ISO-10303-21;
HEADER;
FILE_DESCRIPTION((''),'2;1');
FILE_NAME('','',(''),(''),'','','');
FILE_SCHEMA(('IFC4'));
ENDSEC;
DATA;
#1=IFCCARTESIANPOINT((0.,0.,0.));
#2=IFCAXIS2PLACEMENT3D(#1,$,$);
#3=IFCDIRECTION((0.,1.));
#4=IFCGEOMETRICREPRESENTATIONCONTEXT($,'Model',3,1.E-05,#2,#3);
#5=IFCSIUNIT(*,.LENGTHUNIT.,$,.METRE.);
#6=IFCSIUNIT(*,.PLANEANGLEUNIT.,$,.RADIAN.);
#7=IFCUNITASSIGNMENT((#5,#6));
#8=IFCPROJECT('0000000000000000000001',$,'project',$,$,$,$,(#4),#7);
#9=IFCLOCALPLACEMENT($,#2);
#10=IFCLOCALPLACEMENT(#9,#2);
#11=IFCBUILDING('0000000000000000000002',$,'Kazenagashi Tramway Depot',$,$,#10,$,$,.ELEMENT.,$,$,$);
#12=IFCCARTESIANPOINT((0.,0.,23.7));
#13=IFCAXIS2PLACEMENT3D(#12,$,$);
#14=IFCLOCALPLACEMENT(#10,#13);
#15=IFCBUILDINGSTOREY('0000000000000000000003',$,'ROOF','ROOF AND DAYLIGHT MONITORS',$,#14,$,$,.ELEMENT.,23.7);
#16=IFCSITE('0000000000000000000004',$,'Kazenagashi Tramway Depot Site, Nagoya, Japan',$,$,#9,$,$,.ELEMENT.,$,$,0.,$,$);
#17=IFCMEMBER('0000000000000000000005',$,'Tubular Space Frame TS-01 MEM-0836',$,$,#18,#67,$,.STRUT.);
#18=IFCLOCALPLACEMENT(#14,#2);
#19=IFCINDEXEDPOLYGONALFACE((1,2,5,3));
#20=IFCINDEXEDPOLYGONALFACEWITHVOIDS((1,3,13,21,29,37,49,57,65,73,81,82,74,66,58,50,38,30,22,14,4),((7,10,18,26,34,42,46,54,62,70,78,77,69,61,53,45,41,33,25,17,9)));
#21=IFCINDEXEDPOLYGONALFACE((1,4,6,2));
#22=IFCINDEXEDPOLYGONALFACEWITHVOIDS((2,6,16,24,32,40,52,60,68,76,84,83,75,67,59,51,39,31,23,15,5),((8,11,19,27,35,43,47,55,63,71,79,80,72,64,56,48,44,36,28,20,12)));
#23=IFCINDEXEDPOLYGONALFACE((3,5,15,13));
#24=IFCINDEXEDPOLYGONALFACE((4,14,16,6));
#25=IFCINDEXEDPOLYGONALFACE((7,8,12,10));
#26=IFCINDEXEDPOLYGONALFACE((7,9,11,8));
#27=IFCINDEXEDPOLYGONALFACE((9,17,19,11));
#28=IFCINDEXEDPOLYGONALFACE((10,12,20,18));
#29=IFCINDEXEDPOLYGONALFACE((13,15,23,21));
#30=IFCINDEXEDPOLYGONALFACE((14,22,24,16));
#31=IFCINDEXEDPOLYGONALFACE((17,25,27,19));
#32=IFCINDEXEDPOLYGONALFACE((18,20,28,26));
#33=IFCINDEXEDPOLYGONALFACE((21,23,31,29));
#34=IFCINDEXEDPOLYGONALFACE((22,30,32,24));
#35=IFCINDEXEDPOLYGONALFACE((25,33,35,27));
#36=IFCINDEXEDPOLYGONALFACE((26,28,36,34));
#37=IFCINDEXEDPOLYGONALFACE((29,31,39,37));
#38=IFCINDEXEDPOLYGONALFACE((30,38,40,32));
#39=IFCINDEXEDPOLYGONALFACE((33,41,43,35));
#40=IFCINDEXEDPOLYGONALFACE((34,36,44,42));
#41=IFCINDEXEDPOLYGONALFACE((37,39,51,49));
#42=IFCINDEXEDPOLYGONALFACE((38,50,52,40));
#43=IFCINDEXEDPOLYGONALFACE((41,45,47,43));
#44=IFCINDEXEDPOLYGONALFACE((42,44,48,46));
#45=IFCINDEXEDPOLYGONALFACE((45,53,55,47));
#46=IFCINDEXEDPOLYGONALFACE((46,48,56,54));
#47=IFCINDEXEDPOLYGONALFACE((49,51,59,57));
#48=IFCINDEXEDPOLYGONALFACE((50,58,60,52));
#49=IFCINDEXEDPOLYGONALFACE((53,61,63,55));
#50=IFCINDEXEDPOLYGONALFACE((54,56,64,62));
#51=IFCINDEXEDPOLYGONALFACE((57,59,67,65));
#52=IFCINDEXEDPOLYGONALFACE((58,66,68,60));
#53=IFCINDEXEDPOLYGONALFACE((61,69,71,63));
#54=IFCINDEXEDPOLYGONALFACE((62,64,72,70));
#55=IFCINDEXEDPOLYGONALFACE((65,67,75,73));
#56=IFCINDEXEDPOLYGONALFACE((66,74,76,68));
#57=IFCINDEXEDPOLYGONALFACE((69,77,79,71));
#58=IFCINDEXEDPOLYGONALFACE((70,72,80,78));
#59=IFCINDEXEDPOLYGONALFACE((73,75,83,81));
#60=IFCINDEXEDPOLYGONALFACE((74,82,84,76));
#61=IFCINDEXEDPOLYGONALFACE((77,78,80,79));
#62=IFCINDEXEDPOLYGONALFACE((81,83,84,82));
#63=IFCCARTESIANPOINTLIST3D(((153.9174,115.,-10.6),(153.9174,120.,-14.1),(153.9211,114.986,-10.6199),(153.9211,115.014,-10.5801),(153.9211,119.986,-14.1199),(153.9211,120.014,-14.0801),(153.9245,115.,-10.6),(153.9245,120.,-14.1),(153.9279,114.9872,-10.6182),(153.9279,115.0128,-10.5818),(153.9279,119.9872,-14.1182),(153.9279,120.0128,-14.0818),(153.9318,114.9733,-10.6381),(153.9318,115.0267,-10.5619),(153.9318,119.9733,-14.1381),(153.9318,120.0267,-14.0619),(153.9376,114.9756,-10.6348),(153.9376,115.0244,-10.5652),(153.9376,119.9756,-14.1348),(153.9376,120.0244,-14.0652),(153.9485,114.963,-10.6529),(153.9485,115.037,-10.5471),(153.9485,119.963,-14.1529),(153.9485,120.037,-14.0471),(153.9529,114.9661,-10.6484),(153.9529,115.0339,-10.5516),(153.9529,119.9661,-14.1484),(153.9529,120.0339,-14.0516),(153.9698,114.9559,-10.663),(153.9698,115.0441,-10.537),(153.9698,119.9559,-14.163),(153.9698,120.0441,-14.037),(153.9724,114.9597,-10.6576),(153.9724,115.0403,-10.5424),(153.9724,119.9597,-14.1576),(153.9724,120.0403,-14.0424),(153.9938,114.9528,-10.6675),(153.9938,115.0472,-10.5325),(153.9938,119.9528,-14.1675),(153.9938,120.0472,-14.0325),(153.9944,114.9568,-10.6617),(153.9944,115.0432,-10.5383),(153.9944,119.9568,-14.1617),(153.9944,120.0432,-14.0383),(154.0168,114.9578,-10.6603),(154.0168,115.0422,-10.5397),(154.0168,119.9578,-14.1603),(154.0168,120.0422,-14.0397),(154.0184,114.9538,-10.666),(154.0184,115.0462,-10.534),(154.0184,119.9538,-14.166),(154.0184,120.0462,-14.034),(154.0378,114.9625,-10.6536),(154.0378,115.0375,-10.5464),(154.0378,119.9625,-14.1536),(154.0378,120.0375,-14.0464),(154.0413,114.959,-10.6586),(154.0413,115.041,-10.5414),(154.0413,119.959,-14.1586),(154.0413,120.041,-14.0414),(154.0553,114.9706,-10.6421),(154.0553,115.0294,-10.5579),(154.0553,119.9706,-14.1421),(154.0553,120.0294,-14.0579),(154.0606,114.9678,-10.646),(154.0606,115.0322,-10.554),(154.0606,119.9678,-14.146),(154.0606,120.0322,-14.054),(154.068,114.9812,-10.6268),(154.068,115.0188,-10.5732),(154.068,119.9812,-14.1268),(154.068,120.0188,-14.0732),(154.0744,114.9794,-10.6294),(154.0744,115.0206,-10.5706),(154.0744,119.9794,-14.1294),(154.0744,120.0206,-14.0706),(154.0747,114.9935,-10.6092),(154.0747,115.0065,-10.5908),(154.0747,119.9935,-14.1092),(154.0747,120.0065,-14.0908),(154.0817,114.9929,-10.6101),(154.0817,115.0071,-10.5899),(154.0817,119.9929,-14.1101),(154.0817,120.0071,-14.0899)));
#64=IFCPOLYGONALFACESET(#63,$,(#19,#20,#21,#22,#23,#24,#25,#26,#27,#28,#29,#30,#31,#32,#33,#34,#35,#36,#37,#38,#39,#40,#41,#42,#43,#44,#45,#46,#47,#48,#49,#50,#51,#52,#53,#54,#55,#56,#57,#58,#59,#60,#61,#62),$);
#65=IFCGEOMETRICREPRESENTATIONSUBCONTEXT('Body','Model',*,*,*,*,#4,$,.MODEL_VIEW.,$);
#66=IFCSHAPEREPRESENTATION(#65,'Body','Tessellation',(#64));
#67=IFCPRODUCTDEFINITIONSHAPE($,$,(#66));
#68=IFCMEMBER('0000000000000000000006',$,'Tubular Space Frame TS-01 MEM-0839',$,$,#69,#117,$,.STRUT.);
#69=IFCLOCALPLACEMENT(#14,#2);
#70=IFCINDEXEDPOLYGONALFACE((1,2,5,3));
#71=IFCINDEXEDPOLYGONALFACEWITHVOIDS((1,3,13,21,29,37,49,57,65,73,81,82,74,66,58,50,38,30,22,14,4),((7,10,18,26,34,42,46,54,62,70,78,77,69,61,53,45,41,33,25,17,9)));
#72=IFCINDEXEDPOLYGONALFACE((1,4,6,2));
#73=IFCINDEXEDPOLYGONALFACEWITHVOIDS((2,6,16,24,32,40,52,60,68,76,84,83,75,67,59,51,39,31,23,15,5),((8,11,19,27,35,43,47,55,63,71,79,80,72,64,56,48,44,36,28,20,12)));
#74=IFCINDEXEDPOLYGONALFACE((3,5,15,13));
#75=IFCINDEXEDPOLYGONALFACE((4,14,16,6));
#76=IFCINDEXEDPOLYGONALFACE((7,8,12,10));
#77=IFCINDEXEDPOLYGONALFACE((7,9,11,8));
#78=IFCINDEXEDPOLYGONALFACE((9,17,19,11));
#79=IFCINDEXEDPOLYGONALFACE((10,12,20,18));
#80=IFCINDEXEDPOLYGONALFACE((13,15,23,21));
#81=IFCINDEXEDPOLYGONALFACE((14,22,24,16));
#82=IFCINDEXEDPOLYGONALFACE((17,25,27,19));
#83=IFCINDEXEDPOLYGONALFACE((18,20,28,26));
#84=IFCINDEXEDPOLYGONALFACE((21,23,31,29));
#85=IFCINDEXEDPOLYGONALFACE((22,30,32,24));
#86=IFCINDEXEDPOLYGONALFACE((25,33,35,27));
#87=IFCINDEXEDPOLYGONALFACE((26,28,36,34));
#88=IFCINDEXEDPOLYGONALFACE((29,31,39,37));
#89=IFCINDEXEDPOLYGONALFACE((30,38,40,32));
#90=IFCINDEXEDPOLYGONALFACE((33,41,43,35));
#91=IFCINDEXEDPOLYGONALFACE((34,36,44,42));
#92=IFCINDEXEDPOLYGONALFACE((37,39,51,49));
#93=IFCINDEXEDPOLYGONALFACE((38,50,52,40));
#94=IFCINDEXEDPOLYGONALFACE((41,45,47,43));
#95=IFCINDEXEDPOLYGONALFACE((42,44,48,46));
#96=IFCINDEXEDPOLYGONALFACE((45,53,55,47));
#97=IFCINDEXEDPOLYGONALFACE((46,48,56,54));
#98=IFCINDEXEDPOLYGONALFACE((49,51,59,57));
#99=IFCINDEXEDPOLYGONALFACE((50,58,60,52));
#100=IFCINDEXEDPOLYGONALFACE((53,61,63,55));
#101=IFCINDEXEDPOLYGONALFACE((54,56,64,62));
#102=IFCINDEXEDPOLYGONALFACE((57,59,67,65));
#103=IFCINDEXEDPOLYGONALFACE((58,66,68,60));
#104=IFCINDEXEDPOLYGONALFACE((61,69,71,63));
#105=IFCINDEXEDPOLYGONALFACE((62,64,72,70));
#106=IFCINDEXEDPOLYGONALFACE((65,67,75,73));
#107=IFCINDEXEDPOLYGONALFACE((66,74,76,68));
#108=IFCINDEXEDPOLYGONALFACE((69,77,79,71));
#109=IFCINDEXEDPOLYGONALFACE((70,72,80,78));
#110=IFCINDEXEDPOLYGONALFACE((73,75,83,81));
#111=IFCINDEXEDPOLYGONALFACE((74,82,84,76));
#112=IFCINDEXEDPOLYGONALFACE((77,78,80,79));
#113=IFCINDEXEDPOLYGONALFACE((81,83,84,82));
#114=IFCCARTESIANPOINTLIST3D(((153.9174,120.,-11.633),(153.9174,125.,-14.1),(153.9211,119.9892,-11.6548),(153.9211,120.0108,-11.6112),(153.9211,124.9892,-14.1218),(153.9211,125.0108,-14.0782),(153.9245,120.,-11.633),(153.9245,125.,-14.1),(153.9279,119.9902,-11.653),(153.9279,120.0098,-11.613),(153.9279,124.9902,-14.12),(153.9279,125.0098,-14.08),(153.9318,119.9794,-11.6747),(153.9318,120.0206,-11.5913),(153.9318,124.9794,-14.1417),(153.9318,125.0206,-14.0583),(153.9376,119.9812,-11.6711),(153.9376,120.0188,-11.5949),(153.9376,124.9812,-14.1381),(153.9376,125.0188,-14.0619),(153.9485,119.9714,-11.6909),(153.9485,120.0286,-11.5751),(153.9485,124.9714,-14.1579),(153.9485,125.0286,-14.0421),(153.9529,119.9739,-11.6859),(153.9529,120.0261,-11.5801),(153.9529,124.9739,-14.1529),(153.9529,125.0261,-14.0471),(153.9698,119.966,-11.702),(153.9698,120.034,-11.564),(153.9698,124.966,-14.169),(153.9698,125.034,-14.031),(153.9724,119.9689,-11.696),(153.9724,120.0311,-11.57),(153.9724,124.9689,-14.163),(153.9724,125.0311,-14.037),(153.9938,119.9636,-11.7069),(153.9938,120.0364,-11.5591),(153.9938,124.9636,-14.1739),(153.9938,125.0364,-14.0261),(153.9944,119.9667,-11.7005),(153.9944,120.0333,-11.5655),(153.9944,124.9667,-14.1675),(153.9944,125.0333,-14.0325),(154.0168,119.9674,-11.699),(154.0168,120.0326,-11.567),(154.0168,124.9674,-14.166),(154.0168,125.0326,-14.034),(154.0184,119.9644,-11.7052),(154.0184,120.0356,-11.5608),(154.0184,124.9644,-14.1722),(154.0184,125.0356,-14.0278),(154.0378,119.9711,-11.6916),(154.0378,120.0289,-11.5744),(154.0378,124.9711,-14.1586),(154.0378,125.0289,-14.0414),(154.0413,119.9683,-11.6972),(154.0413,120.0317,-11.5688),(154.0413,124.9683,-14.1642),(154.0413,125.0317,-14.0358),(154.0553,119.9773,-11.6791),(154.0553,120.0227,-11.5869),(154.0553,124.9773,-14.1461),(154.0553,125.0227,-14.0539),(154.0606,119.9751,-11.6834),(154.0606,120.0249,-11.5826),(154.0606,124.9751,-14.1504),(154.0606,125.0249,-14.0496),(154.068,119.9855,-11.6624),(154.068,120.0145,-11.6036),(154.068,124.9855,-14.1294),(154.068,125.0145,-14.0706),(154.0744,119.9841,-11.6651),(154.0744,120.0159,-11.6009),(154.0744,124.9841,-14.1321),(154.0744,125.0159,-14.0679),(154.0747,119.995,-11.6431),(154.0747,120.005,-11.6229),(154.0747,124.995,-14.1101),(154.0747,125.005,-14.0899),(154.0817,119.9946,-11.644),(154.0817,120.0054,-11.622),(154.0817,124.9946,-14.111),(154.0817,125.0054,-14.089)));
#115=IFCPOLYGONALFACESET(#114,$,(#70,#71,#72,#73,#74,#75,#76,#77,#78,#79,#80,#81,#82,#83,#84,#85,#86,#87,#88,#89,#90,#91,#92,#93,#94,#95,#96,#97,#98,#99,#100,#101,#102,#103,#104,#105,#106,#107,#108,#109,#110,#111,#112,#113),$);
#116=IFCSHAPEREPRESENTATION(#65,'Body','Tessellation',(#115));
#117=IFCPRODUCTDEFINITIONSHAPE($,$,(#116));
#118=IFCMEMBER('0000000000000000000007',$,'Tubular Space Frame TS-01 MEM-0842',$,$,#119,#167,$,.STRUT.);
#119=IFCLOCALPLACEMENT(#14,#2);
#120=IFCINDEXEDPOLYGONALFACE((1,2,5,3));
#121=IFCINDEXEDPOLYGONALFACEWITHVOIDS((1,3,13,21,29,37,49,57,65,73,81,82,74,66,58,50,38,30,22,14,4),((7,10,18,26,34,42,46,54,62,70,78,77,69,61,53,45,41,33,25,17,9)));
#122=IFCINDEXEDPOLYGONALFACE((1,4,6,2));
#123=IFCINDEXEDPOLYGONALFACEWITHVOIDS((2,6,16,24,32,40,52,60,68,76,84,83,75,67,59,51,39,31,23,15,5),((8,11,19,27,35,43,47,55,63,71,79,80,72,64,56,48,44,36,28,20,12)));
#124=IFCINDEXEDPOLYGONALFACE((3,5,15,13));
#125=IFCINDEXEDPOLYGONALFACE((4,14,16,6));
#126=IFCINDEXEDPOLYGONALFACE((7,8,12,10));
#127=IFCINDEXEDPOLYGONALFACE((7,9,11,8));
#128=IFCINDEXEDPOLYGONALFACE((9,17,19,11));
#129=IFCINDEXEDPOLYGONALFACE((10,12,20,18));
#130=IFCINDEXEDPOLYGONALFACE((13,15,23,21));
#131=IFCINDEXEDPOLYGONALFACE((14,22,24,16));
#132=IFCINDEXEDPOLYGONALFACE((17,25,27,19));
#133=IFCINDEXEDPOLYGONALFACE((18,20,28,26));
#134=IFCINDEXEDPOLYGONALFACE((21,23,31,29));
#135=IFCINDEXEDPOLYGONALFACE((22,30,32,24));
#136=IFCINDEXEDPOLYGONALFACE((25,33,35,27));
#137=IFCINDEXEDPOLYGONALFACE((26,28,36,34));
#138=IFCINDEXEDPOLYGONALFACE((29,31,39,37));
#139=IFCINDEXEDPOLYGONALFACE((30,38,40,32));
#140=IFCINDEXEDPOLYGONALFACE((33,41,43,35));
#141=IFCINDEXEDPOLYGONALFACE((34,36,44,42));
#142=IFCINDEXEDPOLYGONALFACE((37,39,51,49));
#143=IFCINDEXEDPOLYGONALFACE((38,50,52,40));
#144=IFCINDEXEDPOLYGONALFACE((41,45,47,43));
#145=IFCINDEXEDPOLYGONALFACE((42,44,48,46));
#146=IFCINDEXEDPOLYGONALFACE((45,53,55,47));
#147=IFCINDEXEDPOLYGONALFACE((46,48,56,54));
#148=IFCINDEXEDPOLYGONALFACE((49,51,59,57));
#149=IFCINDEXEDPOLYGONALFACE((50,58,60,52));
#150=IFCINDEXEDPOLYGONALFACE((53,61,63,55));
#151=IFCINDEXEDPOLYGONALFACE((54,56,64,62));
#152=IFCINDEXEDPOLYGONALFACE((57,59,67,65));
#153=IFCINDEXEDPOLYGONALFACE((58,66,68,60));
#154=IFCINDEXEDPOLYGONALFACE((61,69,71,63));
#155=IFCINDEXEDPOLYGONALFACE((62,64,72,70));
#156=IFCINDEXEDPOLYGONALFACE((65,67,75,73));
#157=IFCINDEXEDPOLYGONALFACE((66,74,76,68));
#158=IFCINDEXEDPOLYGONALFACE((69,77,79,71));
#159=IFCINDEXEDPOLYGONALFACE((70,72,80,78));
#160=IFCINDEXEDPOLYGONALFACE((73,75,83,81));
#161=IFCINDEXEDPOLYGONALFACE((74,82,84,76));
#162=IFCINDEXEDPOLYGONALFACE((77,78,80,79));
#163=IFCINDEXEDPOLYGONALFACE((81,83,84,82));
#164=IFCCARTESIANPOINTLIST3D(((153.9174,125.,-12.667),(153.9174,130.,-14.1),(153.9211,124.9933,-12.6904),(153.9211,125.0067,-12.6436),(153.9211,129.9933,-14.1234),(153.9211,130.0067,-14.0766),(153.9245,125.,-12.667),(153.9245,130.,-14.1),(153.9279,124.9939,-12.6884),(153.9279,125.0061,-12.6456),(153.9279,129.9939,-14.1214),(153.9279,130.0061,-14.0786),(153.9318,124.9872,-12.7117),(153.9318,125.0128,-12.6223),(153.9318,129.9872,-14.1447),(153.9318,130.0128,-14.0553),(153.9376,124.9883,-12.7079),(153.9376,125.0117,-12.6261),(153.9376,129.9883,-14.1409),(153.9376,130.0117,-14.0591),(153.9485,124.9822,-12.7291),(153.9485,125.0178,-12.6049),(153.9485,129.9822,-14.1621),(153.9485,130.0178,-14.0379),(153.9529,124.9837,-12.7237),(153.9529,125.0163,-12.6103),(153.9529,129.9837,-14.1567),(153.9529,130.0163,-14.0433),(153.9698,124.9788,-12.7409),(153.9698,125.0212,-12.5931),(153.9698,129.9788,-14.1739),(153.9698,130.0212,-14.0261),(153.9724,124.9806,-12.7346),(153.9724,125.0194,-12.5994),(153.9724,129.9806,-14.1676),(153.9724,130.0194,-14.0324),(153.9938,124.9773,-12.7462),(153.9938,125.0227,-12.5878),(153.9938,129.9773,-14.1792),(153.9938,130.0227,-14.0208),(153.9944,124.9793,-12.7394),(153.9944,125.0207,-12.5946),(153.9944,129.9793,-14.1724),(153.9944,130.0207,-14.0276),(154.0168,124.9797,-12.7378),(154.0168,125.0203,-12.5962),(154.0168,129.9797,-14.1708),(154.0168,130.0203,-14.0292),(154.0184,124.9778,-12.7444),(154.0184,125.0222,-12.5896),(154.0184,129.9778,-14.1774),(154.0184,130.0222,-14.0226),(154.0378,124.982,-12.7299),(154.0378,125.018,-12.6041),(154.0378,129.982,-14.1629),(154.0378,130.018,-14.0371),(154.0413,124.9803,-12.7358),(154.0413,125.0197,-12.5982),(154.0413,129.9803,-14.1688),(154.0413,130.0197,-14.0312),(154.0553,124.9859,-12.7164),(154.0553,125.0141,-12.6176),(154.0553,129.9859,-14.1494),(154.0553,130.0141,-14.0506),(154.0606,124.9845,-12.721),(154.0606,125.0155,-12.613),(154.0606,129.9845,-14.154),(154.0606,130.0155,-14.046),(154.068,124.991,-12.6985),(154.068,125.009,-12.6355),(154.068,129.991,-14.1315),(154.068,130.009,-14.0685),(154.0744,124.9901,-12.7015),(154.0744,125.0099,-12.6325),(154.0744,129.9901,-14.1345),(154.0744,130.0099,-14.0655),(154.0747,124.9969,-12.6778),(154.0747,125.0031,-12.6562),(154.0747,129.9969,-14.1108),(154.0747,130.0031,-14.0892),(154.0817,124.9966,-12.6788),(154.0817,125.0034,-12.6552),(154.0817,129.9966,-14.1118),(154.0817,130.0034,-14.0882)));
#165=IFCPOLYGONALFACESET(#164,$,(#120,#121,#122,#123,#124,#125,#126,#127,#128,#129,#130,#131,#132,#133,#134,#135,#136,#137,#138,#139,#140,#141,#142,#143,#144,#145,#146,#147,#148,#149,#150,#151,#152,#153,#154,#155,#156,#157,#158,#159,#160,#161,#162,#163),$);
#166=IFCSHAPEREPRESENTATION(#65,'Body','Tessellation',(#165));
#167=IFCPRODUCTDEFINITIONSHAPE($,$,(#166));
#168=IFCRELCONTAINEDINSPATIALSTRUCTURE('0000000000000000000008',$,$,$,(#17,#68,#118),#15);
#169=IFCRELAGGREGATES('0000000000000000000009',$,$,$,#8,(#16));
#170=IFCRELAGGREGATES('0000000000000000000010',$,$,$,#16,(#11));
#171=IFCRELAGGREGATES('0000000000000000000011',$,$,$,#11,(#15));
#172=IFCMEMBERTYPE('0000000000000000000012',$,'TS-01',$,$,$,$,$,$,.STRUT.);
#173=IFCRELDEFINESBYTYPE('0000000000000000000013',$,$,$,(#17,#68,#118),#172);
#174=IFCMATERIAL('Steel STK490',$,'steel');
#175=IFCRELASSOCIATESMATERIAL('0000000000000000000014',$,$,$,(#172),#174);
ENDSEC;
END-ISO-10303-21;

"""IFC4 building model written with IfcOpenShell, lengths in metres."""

from ifc_helpers import new_model, si_unit, direction, frame, origin, origin_2d, place, context, subcontext, project, spatial, hollow_circle, extrude, material, material_profile, profile_set, type_object, element, save


model = new_model("IFC4")

# Units and contexts
model_context = context("Model", 3, precision=1e-05, world=origin(), true_north=direction((0.0, 1.0)))
body_context = subcontext(model_context, "Body", "Model", "MODEL_VIEW")
ifc_project = project(units=[si_unit("LENGTHUNIT", "METRE"), si_unit("PLANEANGLEUNIT", "RADIAN")], contexts=[model_context])

# Site, building, storey
site_placement = place(None, origin())
site = spatial("IfcSite", under=ifc_project, at=site_placement, Name="Kazenagashi Tramway Depot Site, Nagoya, Japan", CompositionType="ELEMENT", RefElevation=0.0)
building_placement = place(site_placement, origin())
building = spatial("IfcBuilding", under=site, at=building_placement, Name="Kazenagashi Tramway Depot", CompositionType="ELEMENT")
storey_placement = place(building_placement, frame((0.0, 0.0, 23.7)))
storey = spatial("IfcBuildingStorey", under=building, at=storey_placement, Name="ROOF", Description="ROOF AND DAYLIGHT MONITORS", CompositionType="ELEMENT", Elevation=23.7)

# Members
ifc_material_1 = material(Name="Steel STK490", Category="steel")
ifc_material_profile_1 = material_profile(ifc_material_1, hollow_circle(Radius=0.0826, WallThickness=0.0071, at=origin_2d()), Name="CHS-165.2x7.1")
ifc_profile_set_1 = profile_set([ifc_material_profile_1], Name="Steel STK490")
member_type_1 = type_object("IfcMemberType", Name="TS-01", PredefinedType="STRUT", material=ifc_profile_set_1)
member_1_placement = place(storey_placement, frame((154.0, 115.0, -10.6), z_axis=(0.0, 0.819232, -0.573462), x_axis=(-1.0, 0.0, 0.0)))
element("IfcMember", 1, at=member_1_placement, inside=storey, type_object=member_type_1, Name="Tubular Space Frame TS-01 MEM-0836", PredefinedType="STRUT", context=body_context, shape_type="SweptSolid", body=[
    extrude(hollow_circle(Radius=0.0826, WallThickness=0.0071, at=origin_2d()), origin(), (0.0, 0.0, 1.0), 6.1033),
])
member_2_placement = place(storey_placement, frame((154.0, 120.0, -11.633), z_axis=(0.0, 0.896782, -0.442472), x_axis=(-1.0, 0.0, 0.0)))
element("IfcMember", 2, at=member_2_placement, inside=storey, type_object=member_type_1, Name="Tubular Space Frame TS-01 MEM-0839", PredefinedType="STRUT", context=body_context, shape_type="SweptSolid", body=[
    extrude(hollow_circle(Radius=0.0826, WallThickness=0.0071, at=origin_2d()), origin(), (0.0, 0.0, 1.0), 5.5755),
])
member_3_placement = place(storey_placement, frame((154.0, 125.0, -12.667), z_axis=(0.0, 0.961299, -0.275508), x_axis=(-1.0, 0.0, 0.0)))
element("IfcMember", 3, at=member_3_placement, inside=storey, type_object=member_type_1, Name="Tubular Space Frame TS-01 MEM-0842", PredefinedType="STRUT", context=body_context, shape_type="SweptSolid", body=[
    extrude(hollow_circle(Radius=0.0826, WallThickness=0.0071, at=origin_2d()), origin(), (0.0, 0.0, 1.0), 5.2013),
])

save(model, "model.ifc")
